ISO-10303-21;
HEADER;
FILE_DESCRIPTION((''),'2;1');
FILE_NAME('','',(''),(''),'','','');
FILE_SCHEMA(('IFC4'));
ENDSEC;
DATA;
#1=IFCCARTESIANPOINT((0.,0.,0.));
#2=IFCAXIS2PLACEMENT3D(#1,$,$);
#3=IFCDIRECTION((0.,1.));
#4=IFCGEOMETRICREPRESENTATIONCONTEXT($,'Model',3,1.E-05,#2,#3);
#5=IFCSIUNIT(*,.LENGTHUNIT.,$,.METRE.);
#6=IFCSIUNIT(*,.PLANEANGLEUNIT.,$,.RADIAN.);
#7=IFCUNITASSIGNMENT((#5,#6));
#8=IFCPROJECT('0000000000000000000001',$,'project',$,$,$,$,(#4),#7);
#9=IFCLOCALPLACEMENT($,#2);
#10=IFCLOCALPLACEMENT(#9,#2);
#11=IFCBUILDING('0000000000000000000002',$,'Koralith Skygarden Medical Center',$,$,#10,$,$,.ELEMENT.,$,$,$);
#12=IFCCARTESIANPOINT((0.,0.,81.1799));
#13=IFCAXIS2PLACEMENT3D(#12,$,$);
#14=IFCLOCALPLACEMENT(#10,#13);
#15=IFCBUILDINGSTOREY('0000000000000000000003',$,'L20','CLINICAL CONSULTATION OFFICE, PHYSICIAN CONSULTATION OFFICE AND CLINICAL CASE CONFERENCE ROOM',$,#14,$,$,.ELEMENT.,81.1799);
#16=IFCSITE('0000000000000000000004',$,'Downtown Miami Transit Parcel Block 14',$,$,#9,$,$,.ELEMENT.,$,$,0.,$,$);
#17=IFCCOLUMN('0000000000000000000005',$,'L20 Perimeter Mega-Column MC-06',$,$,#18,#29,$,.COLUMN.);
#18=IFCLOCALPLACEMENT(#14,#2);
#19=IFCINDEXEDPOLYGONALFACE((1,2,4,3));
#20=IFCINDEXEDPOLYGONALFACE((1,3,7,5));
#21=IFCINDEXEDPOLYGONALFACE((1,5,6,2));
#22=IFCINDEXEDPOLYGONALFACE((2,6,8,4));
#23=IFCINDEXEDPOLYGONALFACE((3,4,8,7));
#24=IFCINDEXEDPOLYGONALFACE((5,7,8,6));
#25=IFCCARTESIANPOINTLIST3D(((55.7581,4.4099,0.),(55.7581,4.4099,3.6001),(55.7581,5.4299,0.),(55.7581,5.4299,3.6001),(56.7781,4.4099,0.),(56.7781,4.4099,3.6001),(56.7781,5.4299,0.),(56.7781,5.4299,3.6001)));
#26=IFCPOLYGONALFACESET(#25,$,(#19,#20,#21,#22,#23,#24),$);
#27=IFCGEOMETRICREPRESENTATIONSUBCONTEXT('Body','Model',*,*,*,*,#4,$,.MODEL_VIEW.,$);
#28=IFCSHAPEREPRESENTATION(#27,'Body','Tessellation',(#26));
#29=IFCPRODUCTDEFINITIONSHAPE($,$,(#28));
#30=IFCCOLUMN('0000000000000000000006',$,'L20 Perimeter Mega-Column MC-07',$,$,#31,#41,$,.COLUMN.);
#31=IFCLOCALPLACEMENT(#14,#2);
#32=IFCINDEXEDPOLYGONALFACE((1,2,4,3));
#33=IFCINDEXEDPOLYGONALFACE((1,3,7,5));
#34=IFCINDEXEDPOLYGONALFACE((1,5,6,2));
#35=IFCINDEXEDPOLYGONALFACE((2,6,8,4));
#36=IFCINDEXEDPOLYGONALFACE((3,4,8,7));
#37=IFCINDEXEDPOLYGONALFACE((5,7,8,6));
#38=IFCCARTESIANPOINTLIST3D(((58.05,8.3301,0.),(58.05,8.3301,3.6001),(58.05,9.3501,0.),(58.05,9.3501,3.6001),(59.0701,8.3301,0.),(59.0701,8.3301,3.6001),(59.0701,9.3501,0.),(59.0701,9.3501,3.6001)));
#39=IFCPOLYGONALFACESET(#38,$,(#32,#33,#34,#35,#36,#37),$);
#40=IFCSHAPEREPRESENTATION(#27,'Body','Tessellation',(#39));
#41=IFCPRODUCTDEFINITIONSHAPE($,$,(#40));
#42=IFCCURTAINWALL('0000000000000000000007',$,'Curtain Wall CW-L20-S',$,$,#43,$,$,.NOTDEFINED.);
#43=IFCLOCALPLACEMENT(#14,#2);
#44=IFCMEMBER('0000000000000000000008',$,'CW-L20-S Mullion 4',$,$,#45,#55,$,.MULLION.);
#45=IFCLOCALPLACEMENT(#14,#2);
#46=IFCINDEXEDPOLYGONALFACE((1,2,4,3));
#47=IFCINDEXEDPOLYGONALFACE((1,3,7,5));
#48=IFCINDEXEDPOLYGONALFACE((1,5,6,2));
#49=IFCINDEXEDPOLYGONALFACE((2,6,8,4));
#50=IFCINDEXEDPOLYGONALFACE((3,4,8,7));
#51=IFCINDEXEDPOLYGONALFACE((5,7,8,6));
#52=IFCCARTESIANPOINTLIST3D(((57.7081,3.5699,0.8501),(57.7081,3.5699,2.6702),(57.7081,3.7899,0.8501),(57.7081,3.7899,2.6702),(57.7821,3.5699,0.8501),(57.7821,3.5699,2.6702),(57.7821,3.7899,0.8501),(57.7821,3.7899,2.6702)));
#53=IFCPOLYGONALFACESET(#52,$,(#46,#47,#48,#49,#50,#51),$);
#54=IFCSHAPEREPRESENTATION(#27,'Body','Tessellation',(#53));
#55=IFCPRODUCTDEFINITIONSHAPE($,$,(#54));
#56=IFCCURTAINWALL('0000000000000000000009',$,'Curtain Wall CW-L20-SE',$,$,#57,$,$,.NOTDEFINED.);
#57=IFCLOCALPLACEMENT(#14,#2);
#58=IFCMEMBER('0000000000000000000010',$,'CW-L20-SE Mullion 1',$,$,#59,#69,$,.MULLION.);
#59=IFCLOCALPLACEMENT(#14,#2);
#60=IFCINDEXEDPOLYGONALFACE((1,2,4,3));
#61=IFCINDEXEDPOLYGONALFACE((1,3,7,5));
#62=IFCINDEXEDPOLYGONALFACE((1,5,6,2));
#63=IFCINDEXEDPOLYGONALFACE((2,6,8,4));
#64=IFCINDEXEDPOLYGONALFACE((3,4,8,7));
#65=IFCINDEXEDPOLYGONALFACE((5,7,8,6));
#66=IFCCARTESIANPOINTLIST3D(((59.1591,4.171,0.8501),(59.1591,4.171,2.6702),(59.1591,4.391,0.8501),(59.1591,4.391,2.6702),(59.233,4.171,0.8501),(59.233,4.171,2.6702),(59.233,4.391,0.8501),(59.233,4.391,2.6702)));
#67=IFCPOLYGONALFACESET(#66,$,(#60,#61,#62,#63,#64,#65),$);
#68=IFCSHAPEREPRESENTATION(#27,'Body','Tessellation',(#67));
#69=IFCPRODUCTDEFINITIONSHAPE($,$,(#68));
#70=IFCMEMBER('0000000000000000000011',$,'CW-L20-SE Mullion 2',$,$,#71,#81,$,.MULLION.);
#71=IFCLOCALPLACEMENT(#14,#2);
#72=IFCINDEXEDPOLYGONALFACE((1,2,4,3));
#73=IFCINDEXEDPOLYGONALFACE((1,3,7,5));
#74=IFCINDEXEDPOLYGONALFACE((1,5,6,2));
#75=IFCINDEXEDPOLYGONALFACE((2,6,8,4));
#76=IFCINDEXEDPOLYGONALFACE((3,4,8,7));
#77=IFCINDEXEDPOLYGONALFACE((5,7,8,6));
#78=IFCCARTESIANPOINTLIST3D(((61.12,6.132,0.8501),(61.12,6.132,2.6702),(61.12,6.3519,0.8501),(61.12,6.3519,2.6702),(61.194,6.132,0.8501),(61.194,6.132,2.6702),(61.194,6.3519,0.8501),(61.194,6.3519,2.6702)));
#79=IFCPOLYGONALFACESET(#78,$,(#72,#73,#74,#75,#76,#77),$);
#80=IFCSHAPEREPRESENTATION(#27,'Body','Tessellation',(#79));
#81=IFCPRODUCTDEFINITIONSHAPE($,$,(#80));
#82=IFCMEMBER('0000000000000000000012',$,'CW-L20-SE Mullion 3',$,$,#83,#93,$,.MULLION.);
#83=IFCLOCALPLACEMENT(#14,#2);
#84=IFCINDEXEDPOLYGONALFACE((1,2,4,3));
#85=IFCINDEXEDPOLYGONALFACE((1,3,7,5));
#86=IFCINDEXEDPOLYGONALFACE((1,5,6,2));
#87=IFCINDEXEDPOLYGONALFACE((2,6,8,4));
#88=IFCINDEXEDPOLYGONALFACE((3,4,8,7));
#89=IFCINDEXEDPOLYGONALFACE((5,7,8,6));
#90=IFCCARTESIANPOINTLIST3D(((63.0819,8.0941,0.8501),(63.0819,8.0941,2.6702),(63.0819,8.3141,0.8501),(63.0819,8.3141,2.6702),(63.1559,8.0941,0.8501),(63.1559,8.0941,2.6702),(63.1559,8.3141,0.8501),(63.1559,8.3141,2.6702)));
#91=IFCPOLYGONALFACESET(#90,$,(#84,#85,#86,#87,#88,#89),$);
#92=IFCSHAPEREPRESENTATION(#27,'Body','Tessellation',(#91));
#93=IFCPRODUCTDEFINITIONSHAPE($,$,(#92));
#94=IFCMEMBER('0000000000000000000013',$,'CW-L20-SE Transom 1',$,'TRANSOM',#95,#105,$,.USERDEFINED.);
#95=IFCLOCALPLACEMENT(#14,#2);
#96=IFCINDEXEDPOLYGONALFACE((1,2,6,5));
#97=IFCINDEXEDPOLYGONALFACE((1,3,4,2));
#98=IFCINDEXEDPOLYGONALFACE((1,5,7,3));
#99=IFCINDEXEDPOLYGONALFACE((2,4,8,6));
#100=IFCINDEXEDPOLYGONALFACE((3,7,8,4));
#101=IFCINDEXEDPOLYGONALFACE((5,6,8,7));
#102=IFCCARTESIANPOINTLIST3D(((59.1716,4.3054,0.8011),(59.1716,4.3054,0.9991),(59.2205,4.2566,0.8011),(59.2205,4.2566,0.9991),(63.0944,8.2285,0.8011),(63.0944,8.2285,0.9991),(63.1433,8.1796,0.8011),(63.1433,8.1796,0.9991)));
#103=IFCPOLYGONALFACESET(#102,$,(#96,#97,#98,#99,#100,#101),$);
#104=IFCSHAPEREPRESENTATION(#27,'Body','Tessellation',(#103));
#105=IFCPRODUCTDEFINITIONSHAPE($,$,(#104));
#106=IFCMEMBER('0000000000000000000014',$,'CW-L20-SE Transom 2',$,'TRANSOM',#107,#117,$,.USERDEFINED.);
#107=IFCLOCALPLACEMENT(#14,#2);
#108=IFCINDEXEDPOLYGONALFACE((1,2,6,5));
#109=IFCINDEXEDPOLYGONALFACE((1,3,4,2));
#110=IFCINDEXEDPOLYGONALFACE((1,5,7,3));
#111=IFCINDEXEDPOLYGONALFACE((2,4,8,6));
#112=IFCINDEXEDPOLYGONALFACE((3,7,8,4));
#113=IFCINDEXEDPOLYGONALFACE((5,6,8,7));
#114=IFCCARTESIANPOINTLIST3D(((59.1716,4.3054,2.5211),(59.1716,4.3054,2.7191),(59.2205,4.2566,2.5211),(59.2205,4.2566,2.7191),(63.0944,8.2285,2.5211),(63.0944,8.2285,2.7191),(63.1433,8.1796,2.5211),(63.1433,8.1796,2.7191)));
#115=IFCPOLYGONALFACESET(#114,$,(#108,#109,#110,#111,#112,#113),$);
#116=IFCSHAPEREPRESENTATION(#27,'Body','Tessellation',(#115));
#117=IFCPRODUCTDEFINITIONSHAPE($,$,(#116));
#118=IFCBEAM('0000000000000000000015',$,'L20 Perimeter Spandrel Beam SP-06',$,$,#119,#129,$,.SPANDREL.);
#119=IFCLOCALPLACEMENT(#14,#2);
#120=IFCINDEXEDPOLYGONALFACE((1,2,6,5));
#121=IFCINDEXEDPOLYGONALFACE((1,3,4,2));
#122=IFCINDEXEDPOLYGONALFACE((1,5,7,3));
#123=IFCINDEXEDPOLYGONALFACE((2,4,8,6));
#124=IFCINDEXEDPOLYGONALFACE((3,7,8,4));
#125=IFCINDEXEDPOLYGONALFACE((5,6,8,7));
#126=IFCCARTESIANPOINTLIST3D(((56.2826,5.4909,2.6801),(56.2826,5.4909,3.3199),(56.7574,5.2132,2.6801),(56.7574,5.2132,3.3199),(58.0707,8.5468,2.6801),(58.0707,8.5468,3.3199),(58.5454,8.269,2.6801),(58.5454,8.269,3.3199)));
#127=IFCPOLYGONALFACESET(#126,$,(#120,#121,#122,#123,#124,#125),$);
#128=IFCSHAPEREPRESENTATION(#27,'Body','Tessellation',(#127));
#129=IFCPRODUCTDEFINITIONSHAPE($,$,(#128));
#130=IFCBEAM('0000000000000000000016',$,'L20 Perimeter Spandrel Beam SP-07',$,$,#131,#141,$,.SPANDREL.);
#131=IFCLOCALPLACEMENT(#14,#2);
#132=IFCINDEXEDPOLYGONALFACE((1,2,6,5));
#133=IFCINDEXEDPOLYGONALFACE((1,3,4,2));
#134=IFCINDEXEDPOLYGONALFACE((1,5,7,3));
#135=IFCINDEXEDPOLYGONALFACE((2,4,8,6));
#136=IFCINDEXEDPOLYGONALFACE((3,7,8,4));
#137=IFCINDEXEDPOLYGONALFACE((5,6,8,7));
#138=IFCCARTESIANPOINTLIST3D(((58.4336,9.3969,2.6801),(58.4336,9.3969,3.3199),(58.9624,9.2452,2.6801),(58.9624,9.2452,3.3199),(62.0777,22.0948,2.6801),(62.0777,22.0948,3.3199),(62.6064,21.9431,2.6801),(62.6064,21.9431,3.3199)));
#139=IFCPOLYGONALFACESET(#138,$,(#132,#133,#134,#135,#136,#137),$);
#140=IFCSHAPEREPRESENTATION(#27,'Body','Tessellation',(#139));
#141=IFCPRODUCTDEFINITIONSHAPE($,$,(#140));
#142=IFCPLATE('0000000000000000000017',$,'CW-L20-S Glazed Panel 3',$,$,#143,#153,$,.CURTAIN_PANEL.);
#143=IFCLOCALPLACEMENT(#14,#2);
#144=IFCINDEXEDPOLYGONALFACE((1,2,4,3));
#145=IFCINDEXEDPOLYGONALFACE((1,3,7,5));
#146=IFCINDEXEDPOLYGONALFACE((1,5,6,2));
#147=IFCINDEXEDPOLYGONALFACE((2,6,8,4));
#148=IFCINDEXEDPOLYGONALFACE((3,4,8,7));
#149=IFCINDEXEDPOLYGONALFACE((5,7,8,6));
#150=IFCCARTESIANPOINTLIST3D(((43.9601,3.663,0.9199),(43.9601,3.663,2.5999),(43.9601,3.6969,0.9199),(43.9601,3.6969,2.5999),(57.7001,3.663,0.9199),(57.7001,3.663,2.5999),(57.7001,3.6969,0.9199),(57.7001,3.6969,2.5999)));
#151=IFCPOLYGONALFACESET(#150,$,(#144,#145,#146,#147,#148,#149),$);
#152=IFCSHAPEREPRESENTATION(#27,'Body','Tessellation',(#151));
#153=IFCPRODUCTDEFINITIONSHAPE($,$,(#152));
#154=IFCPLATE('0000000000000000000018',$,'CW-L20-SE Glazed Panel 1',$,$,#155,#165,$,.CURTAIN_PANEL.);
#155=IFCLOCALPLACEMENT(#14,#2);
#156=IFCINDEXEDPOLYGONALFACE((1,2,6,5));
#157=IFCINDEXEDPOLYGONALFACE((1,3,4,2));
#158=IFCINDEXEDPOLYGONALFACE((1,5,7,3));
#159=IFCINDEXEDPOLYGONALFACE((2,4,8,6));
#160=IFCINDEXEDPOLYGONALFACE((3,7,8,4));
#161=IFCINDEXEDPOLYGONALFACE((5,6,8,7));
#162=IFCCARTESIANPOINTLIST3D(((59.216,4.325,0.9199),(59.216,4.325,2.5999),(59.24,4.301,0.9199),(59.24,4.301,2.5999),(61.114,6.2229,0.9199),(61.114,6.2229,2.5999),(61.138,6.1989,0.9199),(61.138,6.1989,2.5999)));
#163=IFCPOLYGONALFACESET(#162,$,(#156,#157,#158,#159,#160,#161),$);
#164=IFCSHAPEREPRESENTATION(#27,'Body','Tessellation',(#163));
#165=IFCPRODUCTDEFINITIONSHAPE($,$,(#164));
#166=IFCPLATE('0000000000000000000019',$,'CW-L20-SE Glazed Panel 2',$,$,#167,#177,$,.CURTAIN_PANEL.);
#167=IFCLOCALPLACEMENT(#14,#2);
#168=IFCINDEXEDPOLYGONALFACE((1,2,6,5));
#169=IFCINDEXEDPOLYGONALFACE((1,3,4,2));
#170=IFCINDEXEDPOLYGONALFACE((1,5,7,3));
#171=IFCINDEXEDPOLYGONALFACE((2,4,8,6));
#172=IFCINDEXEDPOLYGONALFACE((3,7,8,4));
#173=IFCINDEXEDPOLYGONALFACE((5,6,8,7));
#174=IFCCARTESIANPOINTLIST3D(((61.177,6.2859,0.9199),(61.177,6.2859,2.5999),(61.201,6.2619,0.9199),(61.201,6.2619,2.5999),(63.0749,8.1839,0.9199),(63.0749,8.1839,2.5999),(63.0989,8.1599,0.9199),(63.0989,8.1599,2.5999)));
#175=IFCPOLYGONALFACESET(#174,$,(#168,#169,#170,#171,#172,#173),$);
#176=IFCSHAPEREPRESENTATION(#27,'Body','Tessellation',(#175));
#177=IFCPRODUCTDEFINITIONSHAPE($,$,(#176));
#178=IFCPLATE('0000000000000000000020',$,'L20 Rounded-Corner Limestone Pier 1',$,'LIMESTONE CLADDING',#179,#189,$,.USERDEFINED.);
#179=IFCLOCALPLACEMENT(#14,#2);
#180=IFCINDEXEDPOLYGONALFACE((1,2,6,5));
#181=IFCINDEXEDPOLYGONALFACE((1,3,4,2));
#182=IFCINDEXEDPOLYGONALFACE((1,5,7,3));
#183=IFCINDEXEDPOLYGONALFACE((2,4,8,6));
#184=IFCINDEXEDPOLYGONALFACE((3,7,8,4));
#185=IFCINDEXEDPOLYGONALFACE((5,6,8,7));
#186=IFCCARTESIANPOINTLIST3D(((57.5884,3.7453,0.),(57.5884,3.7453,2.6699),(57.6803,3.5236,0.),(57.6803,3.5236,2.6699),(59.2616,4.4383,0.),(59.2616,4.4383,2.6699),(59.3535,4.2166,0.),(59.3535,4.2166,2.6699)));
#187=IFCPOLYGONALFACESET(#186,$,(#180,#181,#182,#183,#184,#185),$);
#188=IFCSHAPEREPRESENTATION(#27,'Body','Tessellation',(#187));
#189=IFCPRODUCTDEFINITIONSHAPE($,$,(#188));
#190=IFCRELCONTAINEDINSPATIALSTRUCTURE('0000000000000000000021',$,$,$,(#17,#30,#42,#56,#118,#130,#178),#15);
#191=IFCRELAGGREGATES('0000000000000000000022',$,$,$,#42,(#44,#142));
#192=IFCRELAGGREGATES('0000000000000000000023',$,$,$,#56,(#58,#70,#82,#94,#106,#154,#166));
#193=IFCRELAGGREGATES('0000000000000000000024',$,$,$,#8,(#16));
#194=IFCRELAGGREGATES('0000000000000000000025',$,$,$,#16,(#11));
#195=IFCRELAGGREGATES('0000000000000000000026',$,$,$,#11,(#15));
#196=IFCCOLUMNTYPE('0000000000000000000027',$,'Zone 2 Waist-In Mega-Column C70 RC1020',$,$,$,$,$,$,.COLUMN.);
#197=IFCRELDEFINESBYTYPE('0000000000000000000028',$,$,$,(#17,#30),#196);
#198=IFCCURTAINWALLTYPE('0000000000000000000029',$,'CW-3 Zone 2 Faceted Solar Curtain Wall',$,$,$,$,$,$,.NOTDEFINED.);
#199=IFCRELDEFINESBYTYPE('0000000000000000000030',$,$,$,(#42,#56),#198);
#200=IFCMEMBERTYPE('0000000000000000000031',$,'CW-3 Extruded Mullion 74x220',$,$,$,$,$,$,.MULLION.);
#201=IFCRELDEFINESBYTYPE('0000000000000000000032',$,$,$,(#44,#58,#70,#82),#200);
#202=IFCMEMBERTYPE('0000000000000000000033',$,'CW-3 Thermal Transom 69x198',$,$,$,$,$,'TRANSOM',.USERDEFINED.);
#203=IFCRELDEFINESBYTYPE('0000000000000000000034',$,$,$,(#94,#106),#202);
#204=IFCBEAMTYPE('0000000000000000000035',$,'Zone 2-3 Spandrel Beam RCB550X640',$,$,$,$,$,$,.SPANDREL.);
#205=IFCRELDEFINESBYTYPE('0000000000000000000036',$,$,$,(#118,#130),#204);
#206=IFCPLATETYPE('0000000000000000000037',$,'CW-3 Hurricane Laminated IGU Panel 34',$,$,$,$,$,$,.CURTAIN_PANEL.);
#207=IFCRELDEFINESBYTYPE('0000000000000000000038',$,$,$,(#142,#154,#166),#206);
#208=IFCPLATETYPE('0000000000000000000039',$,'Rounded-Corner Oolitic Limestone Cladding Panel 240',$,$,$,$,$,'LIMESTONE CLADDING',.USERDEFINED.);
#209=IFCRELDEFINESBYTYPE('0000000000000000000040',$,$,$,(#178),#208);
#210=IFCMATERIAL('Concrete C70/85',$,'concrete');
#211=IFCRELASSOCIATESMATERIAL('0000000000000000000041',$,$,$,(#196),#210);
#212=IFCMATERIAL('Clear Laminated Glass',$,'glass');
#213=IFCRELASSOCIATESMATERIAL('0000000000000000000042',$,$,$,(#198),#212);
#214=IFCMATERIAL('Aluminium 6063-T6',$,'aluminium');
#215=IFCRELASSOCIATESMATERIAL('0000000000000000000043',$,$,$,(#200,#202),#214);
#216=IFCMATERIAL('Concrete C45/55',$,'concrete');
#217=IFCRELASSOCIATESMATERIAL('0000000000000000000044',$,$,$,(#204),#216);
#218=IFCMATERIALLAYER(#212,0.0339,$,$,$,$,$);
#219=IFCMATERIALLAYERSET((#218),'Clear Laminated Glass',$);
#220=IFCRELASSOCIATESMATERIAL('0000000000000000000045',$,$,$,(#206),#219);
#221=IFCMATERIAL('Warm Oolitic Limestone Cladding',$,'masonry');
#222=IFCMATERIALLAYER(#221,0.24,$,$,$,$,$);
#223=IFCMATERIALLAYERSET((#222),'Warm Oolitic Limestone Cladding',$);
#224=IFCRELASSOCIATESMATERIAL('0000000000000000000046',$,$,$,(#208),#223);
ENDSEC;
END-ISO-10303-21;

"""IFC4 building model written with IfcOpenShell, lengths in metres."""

from ifc_helpers import new_model, si_unit, direction, frame, origin, origin_2d, place, context, subcontext, project, spatial, rectangle, extrude, material, layer, layer_set, material_profile, profile_set, type_object, element, aggregate, save


model = new_model("IFC4")

# Units and contexts
model_context = context("Model", 3, precision=1e-05, world=origin(), true_north=direction((0.0, 1.0)))
body_context = subcontext(model_context, "Body", "Model", "MODEL_VIEW")
ifc_project = project(units=[si_unit("LENGTHUNIT", "METRE"), si_unit("PLANEANGLEUNIT", "RADIAN")], contexts=[model_context])

# Site, building, storey
site_placement = place(None, origin())
site = spatial("IfcSite", under=ifc_project, at=site_placement, Name="Downtown Miami Transit Parcel Block 14", CompositionType="ELEMENT", RefElevation=0.0)
building_placement = place(site_placement, origin())
building = spatial("IfcBuilding", under=site, at=building_placement, Name="Koralith Skygarden Medical Center", CompositionType="ELEMENT")
storey_placement = place(building_placement, frame((0.0, 0.0, 81.1799)))
storey = spatial("IfcBuildingStorey", under=building, at=storey_placement, Name="L20", Description="CLINICAL CONSULTATION OFFICE, PHYSICIAN CONSULTATION OFFICE AND CLINICAL CASE CONFERENCE ROOM", CompositionType="ELEMENT", Elevation=81.1799)

# Columns
ifc_material_1 = material(Name="Concrete C70/85", Category="concrete")
ifc_material_profile_1 = material_profile(ifc_material_1, rectangle(XDim=1.02, YDim=1.02, at=origin_2d()), Name="RC1020X1020")
ifc_profile_set_1 = profile_set([ifc_material_profile_1], Name="Concrete C70/85")
column_type = type_object("IfcColumnType", Name="Zone 2 Waist-In Mega-Column C70 RC1020", PredefinedType="COLUMN", material=ifc_profile_set_1)
for number, where, z_axis, x_axis, name in (
    (1, (56.2681, 4.9199, 0.0), (0.0, 0.0, 1.0), (1.0, 0.0, 0.0), "L20 Perimeter Mega-Column MC-06"),
    (2, (58.5601, 8.8401, 0.0), (0.0, 0.0, 1.0), (1.0, 0.0, 0.0), "L20 Perimeter Mega-Column MC-07"),
):
    element("IfcColumn", number, at=place(storey_placement, frame(where, z_axis=z_axis, x_axis=x_axis)), inside=storey, type_object=column_type, Name=name, PredefinedType="COLUMN", context=body_context, shape_type="SweptSolid", body=[
        extrude(rectangle(XDim=1.02, YDim=1.02, at=origin_2d()), origin(), (0.0, 0.0, 1.0), 3.6001),
    ])

# Curtain wall, member
ifc_material_2 = material(Name="Clear Laminated Glass", Category="glass")
curtain_wall_type = type_object("IfcCurtainWallType", Name="CW-3 Zone 2 Faceted Solar Curtain Wall", PredefinedType="NOTDEFINED", material=ifc_material_2)
curtain_wall_1_placement = place(storey_placement, origin())
curtain_wall_1 = element("IfcCurtainWall", 3, at=curtain_wall_1_placement, inside=storey, type_object=curtain_wall_type, Name="Curtain Wall CW-L20-S", PredefinedType="NOTDEFINED")
ifc_material_3 = material(Name="Aluminium 6063-T6", Category="aluminium")
ifc_material_profile_2 = material_profile(ifc_material_3, rectangle(XDim=0.074, YDim=0.22, at=origin_2d()), Name="MUL74X220")
ifc_profile_set_2 = profile_set([ifc_material_profile_2], Name="Aluminium 6063-T6")
member_type_1 = type_object("IfcMemberType", Name="CW-3 Extruded Mullion 74x220", PredefinedType="MULLION", material=ifc_profile_set_2)
member_1_placement = place(storey_placement, frame((57.7451, 3.6799, 0.8501), z_axis=(0.0, 0.0, 1.0), x_axis=(1.0, 0.0, 0.0)))
member_1 = element("IfcMember", 4, at=member_1_placement, type_object=member_type_1, Name="CW-L20-S Mullion 4", PredefinedType="MULLION", context=body_context, shape_type="SweptSolid", body=[
    extrude(rectangle(XDim=0.074, YDim=0.22, at=origin_2d()), origin(), (0.0, 0.0, 1.0), 1.8201),
])

# Curtain wall, members
curtain_wall_2_placement = place(storey_placement, origin())
curtain_wall_2 = element("IfcCurtainWall", 5, at=curtain_wall_2_placement, inside=storey, type_object=curtain_wall_type, Name="Curtain Wall CW-L20-SE", PredefinedType="NOTDEFINED")
member_2_placement = place(storey_placement, frame((59.196, 4.281, 0.8501), z_axis=(0.0, 0.0, 1.0), x_axis=(1.0, 0.0, 0.0)))
member_2 = element("IfcMember", 6, at=member_2_placement, type_object=member_type_1, Name="CW-L20-SE Mullion 1", PredefinedType="MULLION", context=body_context, shape_type="SweptSolid", body=[
    extrude(rectangle(XDim=0.074, YDim=0.22, at=origin_2d()), origin(), (0.0, 0.0, 1.0), 1.8201),
])
member_3_placement = place(storey_placement, frame((61.157, 6.2419, 0.8501), z_axis=(0.0, 0.0, 1.0), x_axis=(1.0, 0.0, 0.0)))
member_3 = element("IfcMember", 7, at=member_3_placement, type_object=member_type_1, Name="CW-L20-SE Mullion 2", PredefinedType="MULLION", context=body_context, shape_type="SweptSolid", body=[
    extrude(rectangle(XDim=0.074, YDim=0.22, at=origin_2d()), origin(), (0.0, 0.0, 1.0), 1.8201),
])
member_4_placement = place(storey_placement, frame((63.1189, 8.2041, 0.8501), z_axis=(0.0, 0.0, 1.0), x_axis=(1.0, 0.0, 0.0)))
member_4 = element("IfcMember", 8, at=member_4_placement, type_object=member_type_1, Name="CW-L20-SE Mullion 3", PredefinedType="MULLION", context=body_context, shape_type="SweptSolid", body=[
    extrude(rectangle(XDim=0.074, YDim=0.22, at=origin_2d()), origin(), (0.0, 0.0, 1.0), 1.8201),
])
ifc_material_profile_3 = material_profile(ifc_material_3, rectangle(XDim=0.0691, YDim=0.198, at=origin_2d()), Name="TRN69X198")
ifc_profile_set_3 = profile_set([ifc_material_profile_3], Name="Aluminium 6063-T6")
member_type_2 = type_object("IfcMemberType", Name="CW-3 Thermal Transom 69x198", ElementType="TRANSOM", PredefinedType="USERDEFINED", material=ifc_profile_set_3)
member_5_placement = place(storey_placement, frame((59.196, 4.281, 0.9001), z_axis=(0.707085, 0.707129, 0.0), x_axis=(-0.707129, 0.707085, 0.0)))
member_5 = element("IfcMember", 9, at=member_5_placement, type_object=member_type_2, Name="CW-L20-SE Transom 1", ObjectType="TRANSOM", PredefinedType="USERDEFINED", context=body_context, shape_type="SweptSolid", body=[
    extrude(rectangle(XDim=0.0691, YDim=0.198, at=origin_2d()), origin(), (0.0, 0.0, 1.0), 5.5479),
])
member_6_placement = place(storey_placement, frame((59.196, 4.281, 2.6201), z_axis=(0.707085, 0.707129, 0.0), x_axis=(-0.707129, 0.707085, 0.0)))
member_6 = element("IfcMember", 10, at=member_6_placement, type_object=member_type_2, Name="CW-L20-SE Transom 2", ObjectType="TRANSOM", PredefinedType="USERDEFINED", context=body_context, shape_type="SweptSolid", body=[
    extrude(rectangle(XDim=0.0691, YDim=0.198, at=origin_2d()), origin(), (0.0, 0.0, 1.0), 5.5479),
])

# Beams
ifc_material_4 = material(Name="Concrete C45/55", Category="concrete")
ifc_material_profile_4 = material_profile(ifc_material_4, rectangle(XDim=0.55, YDim=0.6399, at=origin_2d()), Name="RCB550X640")
ifc_profile_set_4 = profile_set([ifc_material_profile_4], Name="Concrete C45/55")
beam_type = type_object("IfcBeamType", Name="Zone 2-3 Spandrel Beam RCB550X640", PredefinedType="SPANDREL", material=ifc_profile_set_4)
beam_1_placement = place(storey_placement, frame((56.52, 5.3521, 3.0), z_axis=(0.505024, 0.863105, 0.0), x_axis=(-0.863105, 0.505024, 0.0)))
element("IfcBeam", 11, at=beam_1_placement, inside=storey, type_object=beam_type, Name="L20 Perimeter Spandrel Beam SP-06", PredefinedType="SPANDREL", context=body_context, shape_type="SweptSolid", body=[
    extrude(rectangle(XDim=0.55, YDim=0.6399, at=origin_2d()), origin(), (0.0, 0.0, 1.0), 3.5405),
])
beam_2_placement = place(storey_placement, frame((58.698, 9.321, 3.0), z_axis=(0.275844, 0.961202, 0.0), x_axis=(-0.961202, 0.275844, 0.0)))
element("IfcBeam", 12, at=beam_2_placement, inside=storey, type_object=beam_type, Name="L20 Perimeter Spandrel Beam SP-07", PredefinedType="SPANDREL", context=body_context, shape_type="SweptSolid", body=[
    extrude(rectangle(XDim=0.55, YDim=0.6399, at=origin_2d()), origin(), (0.0, 0.0, 1.0), 13.2104),
])

# Plates
ifc_layer_1 = layer(ifc_material_2, 0.0339)
ifc_layer_set_1 = layer_set([ifc_layer_1], Name="Clear Laminated Glass")
plate_type_1 = type_object("IfcPlateType", Name="CW-3 Hurricane Laminated IGU Panel 34", PredefinedType="CURTAIN_PANEL", material=ifc_layer_set_1)
plate_1_placement = place(storey_placement, frame((50.8301, 3.6799, 0.9199), z_axis=(0.0, 0.0, 1.0), x_axis=(1.0, 0.0, 0.0)))
plate_1 = element("IfcPlate", 13, at=plate_1_placement, type_object=plate_type_1, Name="CW-L20-S Glazed Panel 3", PredefinedType="CURTAIN_PANEL", context=body_context, shape_type="SweptSolid", body=[
    extrude(rectangle(XDim=13.74, YDim=0.0339, at=origin_2d()), origin(), (0.0, 0.0, 1.0), 1.6799),
])
aggregate(curtain_wall_1, [member_1, plate_1])
plate_2_placement = place(storey_placement, frame((60.177, 5.262, 0.9199), z_axis=(0.0, 0.0, 1.0), x_axis=(0.707107, 0.707107, 0.0)))
plate_2 = element("IfcPlate", 14, at=plate_2_placement, type_object=plate_type_1, Name="CW-L20-SE Glazed Panel 1", PredefinedType="CURTAIN_PANEL", context=body_context, shape_type="SweptSolid", body=[
    extrude(rectangle(XDim=2.6841, YDim=0.0339, at=origin_2d()), origin(), (0.0, 0.0, 1.0), 1.6799),
])
plate_3_placement = place(storey_placement, frame((62.1379, 7.2229, 0.9199), z_axis=(0.0, 0.0, 1.0), x_axis=(0.707107, 0.707107, 0.0)))
plate_3 = element("IfcPlate", 15, at=plate_3_placement, type_object=plate_type_1, Name="CW-L20-SE Glazed Panel 2", PredefinedType="CURTAIN_PANEL", context=body_context, shape_type="SweptSolid", body=[
    extrude(rectangle(XDim=2.6841, YDim=0.0339, at=origin_2d()), origin(), (0.0, 0.0, 1.0), 1.6799),
])
aggregate(curtain_wall_2, [member_2, member_3, member_4, member_5, member_6, plate_2, plate_3])

# Plate
ifc_material_5 = material(Name="Warm Oolitic Limestone Cladding", Category="masonry")
ifc_layer_2 = layer(ifc_material_5, 0.24)
ifc_layer_set_2 = layer_set([ifc_layer_2], Name="Warm Oolitic Limestone Cladding")
plate_type_2 = type_object("IfcPlateType", Name="Rounded-Corner Oolitic Limestone Cladding Panel 240", ElementType="LIMESTONE CLADDING", PredefinedType="USERDEFINED", material=ifc_layer_set_2)
for number, where, z_axis, x_axis, name in (
    (16, (58.4709, 3.981, 0.0), (0.0, 0.0, 1.0), (0.923885, 0.382671, 0.0), "L20 Rounded-Corner Limestone Pier 1"),
):
    element("IfcPlate", number, at=place(storey_placement, frame(where, z_axis=z_axis, x_axis=x_axis)), inside=storey, type_object=plate_type_2, Name=name, ObjectType="LIMESTONE CLADDING", PredefinedType="USERDEFINED", context=body_context, shape_type="SweptSolid", body=[
        extrude(rectangle(XDim=1.811, YDim=0.24, at=origin_2d()), origin(), (0.0, 0.0, 1.0), 2.6699),
    ])

save(model, "model.ifc")
